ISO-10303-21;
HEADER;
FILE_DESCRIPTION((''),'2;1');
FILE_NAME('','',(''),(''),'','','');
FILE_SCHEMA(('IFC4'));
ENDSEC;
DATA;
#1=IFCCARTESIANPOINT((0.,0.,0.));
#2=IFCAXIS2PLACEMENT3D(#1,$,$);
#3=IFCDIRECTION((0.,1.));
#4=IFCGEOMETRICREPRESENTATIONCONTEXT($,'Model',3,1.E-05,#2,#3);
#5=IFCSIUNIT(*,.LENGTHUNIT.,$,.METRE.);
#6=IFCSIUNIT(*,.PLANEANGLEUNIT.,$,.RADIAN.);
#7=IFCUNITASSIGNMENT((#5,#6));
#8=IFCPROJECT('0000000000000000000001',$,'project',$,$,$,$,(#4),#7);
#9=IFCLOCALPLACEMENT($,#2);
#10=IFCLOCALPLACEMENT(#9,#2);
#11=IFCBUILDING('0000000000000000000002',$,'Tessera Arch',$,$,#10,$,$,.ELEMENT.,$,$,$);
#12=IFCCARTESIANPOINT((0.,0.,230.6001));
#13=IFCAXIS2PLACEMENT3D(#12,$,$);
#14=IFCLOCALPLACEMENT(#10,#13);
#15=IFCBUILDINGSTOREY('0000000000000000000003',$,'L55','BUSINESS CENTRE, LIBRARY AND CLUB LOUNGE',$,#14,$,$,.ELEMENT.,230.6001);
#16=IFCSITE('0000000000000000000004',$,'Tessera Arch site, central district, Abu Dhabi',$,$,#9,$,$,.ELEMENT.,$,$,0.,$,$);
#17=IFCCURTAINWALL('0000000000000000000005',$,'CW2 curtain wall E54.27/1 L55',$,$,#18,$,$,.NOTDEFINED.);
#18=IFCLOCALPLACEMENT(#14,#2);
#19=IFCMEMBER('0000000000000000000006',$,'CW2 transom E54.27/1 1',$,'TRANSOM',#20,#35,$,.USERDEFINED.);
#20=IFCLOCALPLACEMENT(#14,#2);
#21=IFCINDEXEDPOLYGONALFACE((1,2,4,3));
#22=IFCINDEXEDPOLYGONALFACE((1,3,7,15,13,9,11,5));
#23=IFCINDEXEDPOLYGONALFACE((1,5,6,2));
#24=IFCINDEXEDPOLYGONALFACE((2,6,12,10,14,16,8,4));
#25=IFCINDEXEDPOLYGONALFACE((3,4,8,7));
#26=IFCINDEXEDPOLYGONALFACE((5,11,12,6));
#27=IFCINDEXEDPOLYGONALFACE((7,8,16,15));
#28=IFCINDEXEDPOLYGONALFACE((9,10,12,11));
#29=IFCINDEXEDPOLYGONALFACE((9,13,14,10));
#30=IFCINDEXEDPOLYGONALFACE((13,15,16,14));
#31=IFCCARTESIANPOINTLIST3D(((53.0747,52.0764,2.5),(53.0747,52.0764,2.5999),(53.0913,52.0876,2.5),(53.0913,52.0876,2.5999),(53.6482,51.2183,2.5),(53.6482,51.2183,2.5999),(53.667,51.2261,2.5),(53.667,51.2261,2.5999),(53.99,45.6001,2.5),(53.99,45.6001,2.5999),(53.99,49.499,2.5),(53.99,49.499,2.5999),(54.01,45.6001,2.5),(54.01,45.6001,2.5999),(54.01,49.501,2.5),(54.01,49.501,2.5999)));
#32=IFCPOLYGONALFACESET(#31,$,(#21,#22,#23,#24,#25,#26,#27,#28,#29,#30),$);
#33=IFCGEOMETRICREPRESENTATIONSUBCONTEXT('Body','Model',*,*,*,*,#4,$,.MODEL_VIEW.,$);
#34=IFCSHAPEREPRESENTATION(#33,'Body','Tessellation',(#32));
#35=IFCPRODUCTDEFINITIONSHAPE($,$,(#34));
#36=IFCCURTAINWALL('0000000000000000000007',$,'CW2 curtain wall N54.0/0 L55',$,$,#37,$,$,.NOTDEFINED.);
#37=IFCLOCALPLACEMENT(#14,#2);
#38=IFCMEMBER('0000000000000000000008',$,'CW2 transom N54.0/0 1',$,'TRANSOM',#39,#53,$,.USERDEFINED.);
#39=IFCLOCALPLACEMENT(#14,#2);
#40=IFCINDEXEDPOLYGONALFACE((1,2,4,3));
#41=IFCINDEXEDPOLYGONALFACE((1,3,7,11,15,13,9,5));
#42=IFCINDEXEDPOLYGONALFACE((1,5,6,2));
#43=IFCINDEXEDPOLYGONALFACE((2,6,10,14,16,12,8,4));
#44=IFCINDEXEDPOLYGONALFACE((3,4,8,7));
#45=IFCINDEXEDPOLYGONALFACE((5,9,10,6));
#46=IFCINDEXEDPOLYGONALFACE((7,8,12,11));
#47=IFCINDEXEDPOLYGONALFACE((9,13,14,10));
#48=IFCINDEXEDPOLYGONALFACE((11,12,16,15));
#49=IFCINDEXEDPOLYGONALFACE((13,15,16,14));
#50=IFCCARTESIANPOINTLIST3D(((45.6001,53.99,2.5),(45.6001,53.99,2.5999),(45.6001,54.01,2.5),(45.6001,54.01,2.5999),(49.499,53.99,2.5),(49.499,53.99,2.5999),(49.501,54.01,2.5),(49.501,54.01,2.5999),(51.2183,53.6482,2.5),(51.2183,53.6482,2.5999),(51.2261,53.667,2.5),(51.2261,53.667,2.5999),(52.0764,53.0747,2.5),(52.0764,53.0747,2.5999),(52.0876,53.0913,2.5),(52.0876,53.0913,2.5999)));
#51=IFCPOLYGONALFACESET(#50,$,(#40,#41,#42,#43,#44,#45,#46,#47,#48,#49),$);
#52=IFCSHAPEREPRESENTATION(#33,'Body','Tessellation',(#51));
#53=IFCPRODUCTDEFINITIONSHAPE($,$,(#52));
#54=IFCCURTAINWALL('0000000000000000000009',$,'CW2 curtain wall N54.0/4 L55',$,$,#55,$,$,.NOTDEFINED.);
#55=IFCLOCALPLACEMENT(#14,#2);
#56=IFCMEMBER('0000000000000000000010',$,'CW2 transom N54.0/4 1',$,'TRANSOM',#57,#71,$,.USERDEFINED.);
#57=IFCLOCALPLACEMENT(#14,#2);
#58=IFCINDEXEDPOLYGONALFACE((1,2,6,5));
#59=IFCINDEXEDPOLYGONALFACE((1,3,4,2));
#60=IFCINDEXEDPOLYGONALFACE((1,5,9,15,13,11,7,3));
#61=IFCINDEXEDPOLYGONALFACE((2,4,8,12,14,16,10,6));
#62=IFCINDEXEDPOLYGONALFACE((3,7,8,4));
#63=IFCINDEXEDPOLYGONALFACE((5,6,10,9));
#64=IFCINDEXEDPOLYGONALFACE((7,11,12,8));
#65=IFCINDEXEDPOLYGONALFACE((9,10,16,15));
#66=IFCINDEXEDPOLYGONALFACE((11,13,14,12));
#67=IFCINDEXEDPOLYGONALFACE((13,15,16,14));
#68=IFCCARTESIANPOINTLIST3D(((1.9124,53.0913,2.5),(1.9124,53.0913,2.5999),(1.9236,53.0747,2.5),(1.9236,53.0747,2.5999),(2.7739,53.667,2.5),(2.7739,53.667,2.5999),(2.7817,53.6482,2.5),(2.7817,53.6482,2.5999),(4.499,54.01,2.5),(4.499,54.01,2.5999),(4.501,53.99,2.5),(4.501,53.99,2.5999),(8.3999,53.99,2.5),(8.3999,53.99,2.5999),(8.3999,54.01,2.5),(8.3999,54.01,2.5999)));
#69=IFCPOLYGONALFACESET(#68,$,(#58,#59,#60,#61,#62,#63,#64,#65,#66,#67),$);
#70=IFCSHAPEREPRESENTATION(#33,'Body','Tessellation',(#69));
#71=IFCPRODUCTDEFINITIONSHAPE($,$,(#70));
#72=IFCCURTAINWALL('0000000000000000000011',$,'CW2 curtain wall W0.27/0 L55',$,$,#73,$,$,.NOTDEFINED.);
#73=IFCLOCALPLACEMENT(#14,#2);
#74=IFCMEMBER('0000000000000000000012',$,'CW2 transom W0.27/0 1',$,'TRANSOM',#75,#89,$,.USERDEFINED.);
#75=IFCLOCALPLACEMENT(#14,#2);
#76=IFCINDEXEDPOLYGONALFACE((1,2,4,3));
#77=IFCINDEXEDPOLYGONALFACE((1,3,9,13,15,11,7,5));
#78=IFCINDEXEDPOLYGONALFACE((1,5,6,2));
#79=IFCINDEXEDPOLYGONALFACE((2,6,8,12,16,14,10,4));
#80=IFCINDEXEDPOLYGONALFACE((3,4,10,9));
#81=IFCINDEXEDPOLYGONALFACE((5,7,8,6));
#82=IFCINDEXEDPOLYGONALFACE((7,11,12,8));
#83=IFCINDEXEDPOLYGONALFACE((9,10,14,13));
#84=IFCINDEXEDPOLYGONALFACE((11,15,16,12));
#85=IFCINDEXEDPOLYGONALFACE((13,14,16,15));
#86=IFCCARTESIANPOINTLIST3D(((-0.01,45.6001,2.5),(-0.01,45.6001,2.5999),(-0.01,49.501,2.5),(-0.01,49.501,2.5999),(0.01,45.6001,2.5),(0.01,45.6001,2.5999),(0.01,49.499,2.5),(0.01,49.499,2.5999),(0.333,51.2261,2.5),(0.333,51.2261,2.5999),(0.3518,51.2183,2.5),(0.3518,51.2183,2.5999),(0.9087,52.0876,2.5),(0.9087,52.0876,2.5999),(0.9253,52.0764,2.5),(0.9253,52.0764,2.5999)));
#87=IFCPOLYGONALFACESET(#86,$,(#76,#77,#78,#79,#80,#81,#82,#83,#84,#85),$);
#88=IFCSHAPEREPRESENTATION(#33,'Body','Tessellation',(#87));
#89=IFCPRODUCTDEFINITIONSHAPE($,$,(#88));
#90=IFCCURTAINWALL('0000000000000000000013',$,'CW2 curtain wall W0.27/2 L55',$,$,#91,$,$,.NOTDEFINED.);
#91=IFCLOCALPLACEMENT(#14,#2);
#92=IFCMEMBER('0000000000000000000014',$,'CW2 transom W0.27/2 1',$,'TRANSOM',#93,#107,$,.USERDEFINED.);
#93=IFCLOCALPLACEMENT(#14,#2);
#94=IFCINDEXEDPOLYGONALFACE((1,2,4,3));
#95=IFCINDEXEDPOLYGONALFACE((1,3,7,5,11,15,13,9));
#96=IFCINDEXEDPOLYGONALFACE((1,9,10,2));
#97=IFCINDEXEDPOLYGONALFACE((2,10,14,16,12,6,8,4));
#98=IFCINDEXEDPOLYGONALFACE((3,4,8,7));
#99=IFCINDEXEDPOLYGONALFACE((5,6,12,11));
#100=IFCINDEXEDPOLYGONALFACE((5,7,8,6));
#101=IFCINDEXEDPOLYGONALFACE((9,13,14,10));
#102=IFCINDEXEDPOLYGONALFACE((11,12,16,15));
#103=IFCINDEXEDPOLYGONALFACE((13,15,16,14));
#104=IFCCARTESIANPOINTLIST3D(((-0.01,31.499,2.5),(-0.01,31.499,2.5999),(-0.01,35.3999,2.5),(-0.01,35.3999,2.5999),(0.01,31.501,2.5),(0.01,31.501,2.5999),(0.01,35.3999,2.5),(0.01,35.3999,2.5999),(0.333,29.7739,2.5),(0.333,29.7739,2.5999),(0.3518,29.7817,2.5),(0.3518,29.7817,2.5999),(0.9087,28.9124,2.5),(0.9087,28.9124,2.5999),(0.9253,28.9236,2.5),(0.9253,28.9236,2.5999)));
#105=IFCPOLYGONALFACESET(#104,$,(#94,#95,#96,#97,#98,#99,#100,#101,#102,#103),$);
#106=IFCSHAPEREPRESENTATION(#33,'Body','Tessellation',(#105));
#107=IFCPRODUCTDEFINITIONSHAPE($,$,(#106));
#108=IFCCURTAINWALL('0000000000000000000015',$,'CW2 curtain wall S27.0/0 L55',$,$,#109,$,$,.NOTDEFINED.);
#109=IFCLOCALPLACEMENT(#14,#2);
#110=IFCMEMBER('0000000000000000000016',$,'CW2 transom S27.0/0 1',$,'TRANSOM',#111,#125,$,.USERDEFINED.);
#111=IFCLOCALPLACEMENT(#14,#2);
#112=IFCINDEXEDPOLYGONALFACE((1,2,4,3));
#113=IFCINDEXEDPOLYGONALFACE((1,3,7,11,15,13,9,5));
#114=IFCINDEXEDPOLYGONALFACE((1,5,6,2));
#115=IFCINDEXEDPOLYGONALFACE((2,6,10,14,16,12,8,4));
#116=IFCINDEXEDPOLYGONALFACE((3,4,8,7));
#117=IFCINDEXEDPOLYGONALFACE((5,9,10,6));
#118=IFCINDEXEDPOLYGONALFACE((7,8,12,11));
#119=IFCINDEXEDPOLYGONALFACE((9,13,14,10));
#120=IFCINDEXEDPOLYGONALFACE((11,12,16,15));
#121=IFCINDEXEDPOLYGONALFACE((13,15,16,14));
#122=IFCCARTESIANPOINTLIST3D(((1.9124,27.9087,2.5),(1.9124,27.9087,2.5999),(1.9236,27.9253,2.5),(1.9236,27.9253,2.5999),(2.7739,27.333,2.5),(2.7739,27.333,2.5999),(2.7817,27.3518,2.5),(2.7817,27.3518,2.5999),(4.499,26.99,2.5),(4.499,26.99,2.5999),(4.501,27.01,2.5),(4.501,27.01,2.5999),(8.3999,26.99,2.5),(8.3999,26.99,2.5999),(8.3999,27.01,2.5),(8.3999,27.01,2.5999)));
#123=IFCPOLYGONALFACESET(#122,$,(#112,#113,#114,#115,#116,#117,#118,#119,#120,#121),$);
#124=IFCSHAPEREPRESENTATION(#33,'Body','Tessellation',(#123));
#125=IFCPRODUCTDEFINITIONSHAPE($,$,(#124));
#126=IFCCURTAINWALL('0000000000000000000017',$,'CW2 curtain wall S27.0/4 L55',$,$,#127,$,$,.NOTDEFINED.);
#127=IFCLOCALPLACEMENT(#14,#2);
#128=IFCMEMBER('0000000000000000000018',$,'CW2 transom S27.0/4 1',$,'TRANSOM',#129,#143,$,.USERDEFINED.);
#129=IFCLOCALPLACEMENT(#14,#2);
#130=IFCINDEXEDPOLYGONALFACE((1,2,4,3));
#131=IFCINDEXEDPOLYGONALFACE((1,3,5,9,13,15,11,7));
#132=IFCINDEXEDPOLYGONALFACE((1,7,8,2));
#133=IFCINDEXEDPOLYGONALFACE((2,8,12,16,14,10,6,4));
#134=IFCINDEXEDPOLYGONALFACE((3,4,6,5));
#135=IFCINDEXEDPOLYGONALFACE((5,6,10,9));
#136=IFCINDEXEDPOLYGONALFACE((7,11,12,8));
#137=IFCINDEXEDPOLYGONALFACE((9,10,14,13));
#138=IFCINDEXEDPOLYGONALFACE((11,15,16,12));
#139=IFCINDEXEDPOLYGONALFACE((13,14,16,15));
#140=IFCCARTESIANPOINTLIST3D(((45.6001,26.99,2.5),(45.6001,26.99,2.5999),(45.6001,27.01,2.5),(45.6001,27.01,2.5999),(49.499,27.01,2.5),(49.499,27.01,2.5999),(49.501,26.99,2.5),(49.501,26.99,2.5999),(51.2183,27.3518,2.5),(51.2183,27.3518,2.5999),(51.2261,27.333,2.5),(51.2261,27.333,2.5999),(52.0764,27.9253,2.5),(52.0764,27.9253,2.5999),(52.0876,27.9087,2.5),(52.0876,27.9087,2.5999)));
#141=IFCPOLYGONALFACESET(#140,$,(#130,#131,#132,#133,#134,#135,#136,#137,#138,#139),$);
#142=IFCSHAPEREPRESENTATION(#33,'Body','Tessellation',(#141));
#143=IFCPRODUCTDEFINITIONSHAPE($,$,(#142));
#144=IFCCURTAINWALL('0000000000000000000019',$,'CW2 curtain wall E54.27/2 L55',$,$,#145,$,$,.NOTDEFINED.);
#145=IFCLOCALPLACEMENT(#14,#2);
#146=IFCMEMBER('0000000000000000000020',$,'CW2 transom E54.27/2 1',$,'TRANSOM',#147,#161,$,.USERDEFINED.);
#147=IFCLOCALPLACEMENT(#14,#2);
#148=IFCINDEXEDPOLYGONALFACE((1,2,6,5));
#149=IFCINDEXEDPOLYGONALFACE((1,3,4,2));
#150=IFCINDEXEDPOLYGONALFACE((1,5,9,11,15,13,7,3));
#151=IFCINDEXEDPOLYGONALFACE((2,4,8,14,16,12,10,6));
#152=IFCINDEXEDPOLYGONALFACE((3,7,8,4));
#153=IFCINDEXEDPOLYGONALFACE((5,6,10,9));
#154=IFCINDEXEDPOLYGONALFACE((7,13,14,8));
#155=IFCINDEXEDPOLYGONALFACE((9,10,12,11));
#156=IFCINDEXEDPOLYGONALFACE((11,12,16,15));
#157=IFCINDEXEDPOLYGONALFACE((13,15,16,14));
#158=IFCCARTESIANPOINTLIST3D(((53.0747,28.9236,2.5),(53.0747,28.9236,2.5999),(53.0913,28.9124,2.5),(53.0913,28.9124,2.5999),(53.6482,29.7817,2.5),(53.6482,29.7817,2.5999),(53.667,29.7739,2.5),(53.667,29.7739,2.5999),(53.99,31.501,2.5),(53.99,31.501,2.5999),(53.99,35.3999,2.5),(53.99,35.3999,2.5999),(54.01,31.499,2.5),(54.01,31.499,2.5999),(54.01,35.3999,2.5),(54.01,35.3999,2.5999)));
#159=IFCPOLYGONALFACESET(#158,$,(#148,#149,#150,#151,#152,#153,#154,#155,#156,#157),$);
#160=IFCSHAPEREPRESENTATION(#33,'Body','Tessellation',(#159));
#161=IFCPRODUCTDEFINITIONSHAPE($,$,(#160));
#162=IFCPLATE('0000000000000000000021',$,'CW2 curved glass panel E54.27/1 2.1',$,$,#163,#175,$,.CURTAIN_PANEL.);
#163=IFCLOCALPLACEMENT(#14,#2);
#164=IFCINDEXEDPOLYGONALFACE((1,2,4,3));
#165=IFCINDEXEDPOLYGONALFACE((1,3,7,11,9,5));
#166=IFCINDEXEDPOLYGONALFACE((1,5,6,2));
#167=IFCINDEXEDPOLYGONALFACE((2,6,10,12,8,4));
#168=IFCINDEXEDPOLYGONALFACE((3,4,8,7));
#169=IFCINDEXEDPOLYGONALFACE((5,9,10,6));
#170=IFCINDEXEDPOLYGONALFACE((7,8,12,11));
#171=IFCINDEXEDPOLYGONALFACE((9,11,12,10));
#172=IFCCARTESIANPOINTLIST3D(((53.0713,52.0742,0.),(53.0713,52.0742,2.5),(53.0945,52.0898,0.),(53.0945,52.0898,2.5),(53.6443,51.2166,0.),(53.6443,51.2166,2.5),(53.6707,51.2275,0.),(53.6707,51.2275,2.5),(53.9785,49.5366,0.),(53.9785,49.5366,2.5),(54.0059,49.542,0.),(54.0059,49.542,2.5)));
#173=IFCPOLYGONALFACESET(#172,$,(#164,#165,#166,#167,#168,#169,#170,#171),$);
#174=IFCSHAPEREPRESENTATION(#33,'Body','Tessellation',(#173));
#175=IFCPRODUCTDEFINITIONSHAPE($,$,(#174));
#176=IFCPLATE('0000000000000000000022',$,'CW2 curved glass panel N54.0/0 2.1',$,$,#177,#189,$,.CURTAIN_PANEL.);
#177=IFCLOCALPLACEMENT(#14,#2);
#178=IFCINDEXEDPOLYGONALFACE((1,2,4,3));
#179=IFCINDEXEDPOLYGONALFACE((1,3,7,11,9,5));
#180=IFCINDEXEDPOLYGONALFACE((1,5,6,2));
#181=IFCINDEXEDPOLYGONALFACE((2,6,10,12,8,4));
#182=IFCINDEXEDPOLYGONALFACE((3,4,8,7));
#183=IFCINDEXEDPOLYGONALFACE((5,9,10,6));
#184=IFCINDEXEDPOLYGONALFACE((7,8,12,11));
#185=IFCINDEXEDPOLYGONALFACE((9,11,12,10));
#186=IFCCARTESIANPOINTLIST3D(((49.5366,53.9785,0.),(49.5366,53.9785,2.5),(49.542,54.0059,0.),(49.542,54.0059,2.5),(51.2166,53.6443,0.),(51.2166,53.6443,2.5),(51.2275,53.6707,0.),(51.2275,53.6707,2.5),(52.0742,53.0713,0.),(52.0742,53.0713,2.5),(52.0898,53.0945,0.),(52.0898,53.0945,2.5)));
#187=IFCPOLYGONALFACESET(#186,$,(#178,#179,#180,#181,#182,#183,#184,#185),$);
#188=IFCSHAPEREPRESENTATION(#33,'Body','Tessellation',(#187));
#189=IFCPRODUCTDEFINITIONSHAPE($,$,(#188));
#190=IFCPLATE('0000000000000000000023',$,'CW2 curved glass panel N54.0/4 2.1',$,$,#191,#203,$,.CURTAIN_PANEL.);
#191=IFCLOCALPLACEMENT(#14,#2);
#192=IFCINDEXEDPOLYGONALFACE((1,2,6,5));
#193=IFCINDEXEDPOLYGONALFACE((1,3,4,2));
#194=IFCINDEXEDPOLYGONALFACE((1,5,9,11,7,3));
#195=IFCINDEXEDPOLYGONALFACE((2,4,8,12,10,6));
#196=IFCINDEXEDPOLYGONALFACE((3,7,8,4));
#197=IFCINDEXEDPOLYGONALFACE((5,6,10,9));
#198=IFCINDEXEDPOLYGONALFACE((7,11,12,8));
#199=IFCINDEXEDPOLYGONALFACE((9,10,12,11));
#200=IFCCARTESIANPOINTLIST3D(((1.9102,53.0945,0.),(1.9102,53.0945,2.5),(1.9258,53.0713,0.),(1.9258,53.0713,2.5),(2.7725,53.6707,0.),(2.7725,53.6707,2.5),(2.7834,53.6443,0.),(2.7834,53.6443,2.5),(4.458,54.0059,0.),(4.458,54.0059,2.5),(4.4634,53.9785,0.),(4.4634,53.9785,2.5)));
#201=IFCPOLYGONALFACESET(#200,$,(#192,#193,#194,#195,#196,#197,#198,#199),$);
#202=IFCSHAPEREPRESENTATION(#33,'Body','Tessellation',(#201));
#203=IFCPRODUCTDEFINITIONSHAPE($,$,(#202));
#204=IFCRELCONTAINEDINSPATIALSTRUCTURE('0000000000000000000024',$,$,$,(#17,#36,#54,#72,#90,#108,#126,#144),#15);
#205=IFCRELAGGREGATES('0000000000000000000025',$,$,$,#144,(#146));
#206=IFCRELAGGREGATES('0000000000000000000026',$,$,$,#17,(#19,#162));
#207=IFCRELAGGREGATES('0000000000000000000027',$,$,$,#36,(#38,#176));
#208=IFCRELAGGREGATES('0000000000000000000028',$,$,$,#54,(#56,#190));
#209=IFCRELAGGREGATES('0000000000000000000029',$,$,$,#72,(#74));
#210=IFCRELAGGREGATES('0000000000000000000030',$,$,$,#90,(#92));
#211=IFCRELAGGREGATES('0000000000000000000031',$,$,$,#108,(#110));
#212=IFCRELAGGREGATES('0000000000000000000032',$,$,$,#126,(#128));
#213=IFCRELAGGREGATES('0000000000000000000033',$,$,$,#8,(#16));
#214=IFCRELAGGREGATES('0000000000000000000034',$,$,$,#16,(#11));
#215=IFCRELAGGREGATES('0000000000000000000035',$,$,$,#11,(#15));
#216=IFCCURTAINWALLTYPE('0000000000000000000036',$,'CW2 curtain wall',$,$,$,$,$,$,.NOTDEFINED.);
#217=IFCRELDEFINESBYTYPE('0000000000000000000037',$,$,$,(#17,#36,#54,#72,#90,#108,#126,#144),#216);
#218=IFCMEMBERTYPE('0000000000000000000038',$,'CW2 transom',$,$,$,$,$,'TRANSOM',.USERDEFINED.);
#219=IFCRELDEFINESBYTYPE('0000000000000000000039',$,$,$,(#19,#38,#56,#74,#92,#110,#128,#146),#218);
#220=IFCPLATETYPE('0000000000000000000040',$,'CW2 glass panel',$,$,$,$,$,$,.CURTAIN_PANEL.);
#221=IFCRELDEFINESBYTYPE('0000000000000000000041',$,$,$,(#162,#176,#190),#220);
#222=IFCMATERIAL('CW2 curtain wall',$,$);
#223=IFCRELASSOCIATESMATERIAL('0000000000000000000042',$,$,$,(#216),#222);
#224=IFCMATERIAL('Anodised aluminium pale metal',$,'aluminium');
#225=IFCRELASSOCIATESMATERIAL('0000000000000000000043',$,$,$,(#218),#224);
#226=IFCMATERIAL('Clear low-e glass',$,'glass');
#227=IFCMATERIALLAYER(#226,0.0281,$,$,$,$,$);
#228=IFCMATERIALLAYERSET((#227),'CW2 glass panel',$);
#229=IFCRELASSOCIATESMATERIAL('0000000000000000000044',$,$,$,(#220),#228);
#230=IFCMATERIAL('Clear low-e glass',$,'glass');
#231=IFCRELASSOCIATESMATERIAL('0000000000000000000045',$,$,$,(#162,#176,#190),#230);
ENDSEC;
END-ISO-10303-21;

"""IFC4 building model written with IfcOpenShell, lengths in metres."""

from ifc_helpers import new_model, si_unit, direction, frame, origin, origin_2d, place, context, subcontext, project, spatial, polyline, rectangle, outline, extrude, material, layer, layer_set, material_profile, profile_set, type_object, element, aggregate, save


model = new_model("IFC4")

# Units and contexts
model_context = context("Model", 3, precision=1e-05, world=origin(), true_north=direction((0.0, 1.0)))
body_context = subcontext(model_context, "Body", "Model", "MODEL_VIEW")
ifc_project = project(units=[si_unit("LENGTHUNIT", "METRE"), si_unit("PLANEANGLEUNIT", "RADIAN")], contexts=[model_context])

# Site, building, storey
site_placement = place(None, origin())
site = spatial("IfcSite", under=ifc_project, at=site_placement, Name="Tessera Arch site, central district, Abu Dhabi", CompositionType="ELEMENT", RefElevation=0.0)
building_placement = place(site_placement, origin())
building = spatial("IfcBuilding", under=site, at=building_placement, Name="Tessera Arch", CompositionType="ELEMENT")
storey_placement = place(building_placement, frame((0.0, 0.0, 230.6001)))
storey = spatial("IfcBuildingStorey", under=building, at=storey_placement, Name="L55", Description="BUSINESS CENTRE, LIBRARY AND CLUB LOUNGE", CompositionType="ELEMENT", Elevation=230.6001)

# Curtain walls, members
ifc_material_1 = material(Name="CW2 curtain wall")
curtain_wall_type = type_object("IfcCurtainWallType", Name="CW2 curtain wall", PredefinedType="NOTDEFINED", material=ifc_material_1)
curtain_wall_1_placement = place(storey_placement, origin())
curtain_wall_1 = element("IfcCurtainWall", 1, at=curtain_wall_1_placement, inside=storey, type_object=curtain_wall_type, Name="CW2 curtain wall E54.27/1 L55", PredefinedType="NOTDEFINED")
ifc_material_2 = material(Name="Anodised aluminium pale metal", Category="aluminium")
ifc_material_profile = material_profile(ifc_material_2, rectangle(XDim=0.2, YDim=0.1001, at=origin_2d()), Name="AL 200x100")
ifc_profile_set = profile_set([ifc_material_profile], Name="Anodised aluminium pale metal")
member_type = type_object("IfcMemberType", Name="CW2 transom", ElementType="TRANSOM", PredefinedType="USERDEFINED", material=ifc_profile_set)
member_1_placement = place(storey_placement, frame((0.0, 0.0, 2.5)))
member_1 = element("IfcMember", 2, at=member_1_placement, type_object=member_type, Name="CW2 transom E54.27/1 1", ObjectType="TRANSOM", PredefinedType="USERDEFINED", context=body_context, shape_type="SweptSolid", body=[
    extrude(outline(polyline([(53.99, 49.499), (53.99, 45.6001), (54.01, 45.6001), (54.01, 49.501), (53.667, 51.2261), (53.0913, 52.0876), (53.0747, 52.0764), (53.6482, 51.2183), (53.99, 49.499)])), origin(), (0.0, 0.0, 1.0), 0.0999),
])
curtain_wall_2_placement = place(storey_placement, origin())
curtain_wall_2 = element("IfcCurtainWall", 3, at=curtain_wall_2_placement, inside=storey, type_object=curtain_wall_type, Name="CW2 curtain wall N54.0/0 L55", PredefinedType="NOTDEFINED")
member_2_placement = place(storey_placement, frame((0.0, 0.0, 2.5)))
member_2 = element("IfcMember", 4, at=member_2_placement, type_object=member_type, Name="CW2 transom N54.0/0 1", ObjectType="TRANSOM", PredefinedType="USERDEFINED", context=body_context, shape_type="SweptSolid", body=[
    extrude(outline(polyline([(51.2183, 53.6482), (52.0764, 53.0747), (52.0876, 53.0913), (51.2261, 53.667), (49.501, 54.01), (45.6001, 54.01), (45.6001, 53.99), (49.499, 53.99), (51.2183, 53.6482)])), origin(), (0.0, 0.0, 1.0), 0.0999),
])
curtain_wall_3_placement = place(storey_placement, origin())
curtain_wall_3 = element("IfcCurtainWall", 5, at=curtain_wall_3_placement, inside=storey, type_object=curtain_wall_type, Name="CW2 curtain wall N54.0/4 L55", PredefinedType="NOTDEFINED")
member_3_placement = place(storey_placement, frame((0.0, 0.0, 2.5)))
member_3 = element("IfcMember", 6, at=member_3_placement, type_object=member_type, Name="CW2 transom N54.0/4 1", ObjectType="TRANSOM", PredefinedType="USERDEFINED", context=body_context, shape_type="SweptSolid", body=[
    extrude(outline(polyline([(4.501, 53.99), (8.3999, 53.99), (8.3999, 54.01), (4.499, 54.01), (2.7739, 53.667), (1.9124, 53.0913), (1.9236, 53.0747), (2.7817, 53.6482), (4.501, 53.99)])), origin(), (0.0, 0.0, 1.0), 0.0999),
])
curtain_wall_4_placement = place(storey_placement, origin())
curtain_wall_4 = element("IfcCurtainWall", 7, at=curtain_wall_4_placement, inside=storey, type_object=curtain_wall_type, Name="CW2 curtain wall W0.27/0 L55", PredefinedType="NOTDEFINED")
member_4_placement = place(storey_placement, frame((0.0, 0.0, 2.5)))
member_4 = element("IfcMember", 8, at=member_4_placement, type_object=member_type, Name="CW2 transom W0.27/0 1", ObjectType="TRANSOM", PredefinedType="USERDEFINED", context=body_context, shape_type="SweptSolid", body=[
    extrude(outline(polyline([(0.3518, 51.2183), (0.9253, 52.0764), (0.9087, 52.0876), (0.333, 51.2261), (-0.01, 49.501), (-0.01, 45.6001), (0.01, 45.6001), (0.01, 49.499), (0.3518, 51.2183)])), origin(), (0.0, 0.0, 1.0), 0.0999),
])
curtain_wall_5_placement = place(storey_placement, origin())
curtain_wall_5 = element("IfcCurtainWall", 9, at=curtain_wall_5_placement, inside=storey, type_object=curtain_wall_type, Name="CW2 curtain wall W0.27/2 L55", PredefinedType="NOTDEFINED")
member_5_placement = place(storey_placement, frame((0.0, 0.0, 2.5)))
member_5 = element("IfcMember", 10, at=member_5_placement, type_object=member_type, Name="CW2 transom W0.27/2 1", ObjectType="TRANSOM", PredefinedType="USERDEFINED", context=body_context, shape_type="SweptSolid", body=[
    extrude(outline(polyline([(0.01, 31.501), (0.01, 35.3999), (-0.01, 35.3999), (-0.01, 31.499), (0.333, 29.7739), (0.9087, 28.9124), (0.9253, 28.9236), (0.3518, 29.7817), (0.01, 31.501)])), origin(), (0.0, 0.0, 1.0), 0.0999),
])
curtain_wall_6_placement = place(storey_placement, origin())
curtain_wall_6 = element("IfcCurtainWall", 11, at=curtain_wall_6_placement, inside=storey, type_object=curtain_wall_type, Name="CW2 curtain wall S27.0/0 L55", PredefinedType="NOTDEFINED")
member_6_placement = place(storey_placement, frame((0.0, 0.0, 2.5)))
member_6 = element("IfcMember", 12, at=member_6_placement, type_object=member_type, Name="CW2 transom S27.0/0 1", ObjectType="TRANSOM", PredefinedType="USERDEFINED", context=body_context, shape_type="SweptSolid", body=[
    extrude(outline(polyline([(2.7817, 27.3518), (1.9236, 27.9253), (1.9124, 27.9087), (2.7739, 27.333), (4.499, 26.99), (8.3999, 26.99), (8.3999, 27.01), (4.501, 27.01), (2.7817, 27.3518)])), origin(), (0.0, 0.0, 1.0), 0.0999),
])
curtain_wall_7_placement = place(storey_placement, origin())
curtain_wall_7 = element("IfcCurtainWall", 13, at=curtain_wall_7_placement, inside=storey, type_object=curtain_wall_type, Name="CW2 curtain wall S27.0/4 L55", PredefinedType="NOTDEFINED")
member_7_placement = place(storey_placement, frame((0.0, 0.0, 2.5)))
member_7 = element("IfcMember", 14, at=member_7_placement, type_object=member_type, Name="CW2 transom S27.0/4 1", ObjectType="TRANSOM", PredefinedType="USERDEFINED", context=body_context, shape_type="SweptSolid", body=[
    extrude(outline(polyline([(49.499, 27.01), (45.6001, 27.01), (45.6001, 26.99), (49.501, 26.99), (51.2261, 27.333), (52.0876, 27.9087), (52.0764, 27.9253), (51.2183, 27.3518), (49.499, 27.01)])), origin(), (0.0, 0.0, 1.0), 0.0999),
])
curtain_wall_8_placement = place(storey_placement, origin())
curtain_wall_8 = element("IfcCurtainWall", 15, at=curtain_wall_8_placement, inside=storey, type_object=curtain_wall_type, Name="CW2 curtain wall E54.27/2 L55", PredefinedType="NOTDEFINED")
member_8_placement = place(storey_placement, frame((0.0, 0.0, 2.5)))
member_8 = element("IfcMember", 16, at=member_8_placement, type_object=member_type, Name="CW2 transom E54.27/2 1", ObjectType="TRANSOM", PredefinedType="USERDEFINED", context=body_context, shape_type="SweptSolid", body=[
    extrude(outline(polyline([(53.6482, 29.7817), (53.0747, 28.9236), (53.0913, 28.9124), (53.667, 29.7739), (54.01, 31.499), (54.01, 35.3999), (53.99, 35.3999), (53.99, 31.501), (53.6482, 29.7817)])), origin(), (0.0, 0.0, 1.0), 0.0999),
])

# Plates
ifc_material_3 = material(Name="Clear low-e glass", Category="glass")
ifc_material_4 = material(Name="Clear low-e glass", Category="glass")
ifc_layer_1 = layer(ifc_material_4, 0.0281)
ifc_layer_set_1 = layer_set([ifc_layer_1], Name="CW2 glass panel")
plate_type_1 = type_object("IfcPlateType", Name="CW2 glass panel", PredefinedType="CURTAIN_PANEL", material=ifc_layer_set_1)
plate_1_placement = place(storey_placement, origin())
plate_1 = element("IfcPlate", 17, at=plate_1_placement, type_object=plate_type_1, material=ifc_material_3, Name="CW2 curved glass panel E54.27/1 2.1", PredefinedType="CURTAIN_PANEL", context=body_context, shape_type="SweptSolid", body=[
    extrude(outline(polyline([(53.6443, 51.2166), (53.9785, 49.5366), (54.0059, 49.542), (53.6707, 51.2275), (53.0945, 52.0898), (53.0713, 52.0742), (53.6443, 51.2166)])), origin(), (0.0, 0.0, 1.0), 2.5),
])
plate_2_placement = place(storey_placement, origin())
plate_2 = element("IfcPlate", 18, at=plate_2_placement, type_object=plate_type_1, material=ifc_material_3, Name="CW2 curved glass panel N54.0/0 2.1", PredefinedType="CURTAIN_PANEL", context=body_context, shape_type="SweptSolid", body=[
    extrude(outline(polyline([(51.2166, 53.6443), (52.0742, 53.0713), (52.0898, 53.0945), (51.2275, 53.6707), (49.542, 54.0059), (49.5366, 53.9785), (51.2166, 53.6443)])), origin(), (0.0, 0.0, 1.0), 2.5),
])
plate_3_placement = place(storey_placement, origin())
plate_3 = element("IfcPlate", 19, at=plate_3_placement, type_object=plate_type_1, material=ifc_material_3, Name="CW2 curved glass panel N54.0/4 2.1", PredefinedType="CURTAIN_PANEL", context=body_context, shape_type="SweptSolid", body=[
    extrude(outline(polyline([(2.7834, 53.6443), (4.4634, 53.9785), (4.458, 54.0059), (2.7725, 53.6707), (1.9102, 53.0945), (1.9258, 53.0713), (2.7834, 53.6443)])), origin(), (0.0, 0.0, 1.0), 2.5),
])
aggregate(curtain_wall_8, [member_8])
aggregate(curtain_wall_1, [member_1, plate_1])
aggregate(curtain_wall_2, [member_2, plate_2])
aggregate(curtain_wall_3, [member_3, plate_3])
aggregate(curtain_wall_4, [member_4])
aggregate(curtain_wall_5, [member_5])
aggregate(curtain_wall_6, [member_6])
aggregate(curtain_wall_7, [member_7])

save(model, "model.ifc")
